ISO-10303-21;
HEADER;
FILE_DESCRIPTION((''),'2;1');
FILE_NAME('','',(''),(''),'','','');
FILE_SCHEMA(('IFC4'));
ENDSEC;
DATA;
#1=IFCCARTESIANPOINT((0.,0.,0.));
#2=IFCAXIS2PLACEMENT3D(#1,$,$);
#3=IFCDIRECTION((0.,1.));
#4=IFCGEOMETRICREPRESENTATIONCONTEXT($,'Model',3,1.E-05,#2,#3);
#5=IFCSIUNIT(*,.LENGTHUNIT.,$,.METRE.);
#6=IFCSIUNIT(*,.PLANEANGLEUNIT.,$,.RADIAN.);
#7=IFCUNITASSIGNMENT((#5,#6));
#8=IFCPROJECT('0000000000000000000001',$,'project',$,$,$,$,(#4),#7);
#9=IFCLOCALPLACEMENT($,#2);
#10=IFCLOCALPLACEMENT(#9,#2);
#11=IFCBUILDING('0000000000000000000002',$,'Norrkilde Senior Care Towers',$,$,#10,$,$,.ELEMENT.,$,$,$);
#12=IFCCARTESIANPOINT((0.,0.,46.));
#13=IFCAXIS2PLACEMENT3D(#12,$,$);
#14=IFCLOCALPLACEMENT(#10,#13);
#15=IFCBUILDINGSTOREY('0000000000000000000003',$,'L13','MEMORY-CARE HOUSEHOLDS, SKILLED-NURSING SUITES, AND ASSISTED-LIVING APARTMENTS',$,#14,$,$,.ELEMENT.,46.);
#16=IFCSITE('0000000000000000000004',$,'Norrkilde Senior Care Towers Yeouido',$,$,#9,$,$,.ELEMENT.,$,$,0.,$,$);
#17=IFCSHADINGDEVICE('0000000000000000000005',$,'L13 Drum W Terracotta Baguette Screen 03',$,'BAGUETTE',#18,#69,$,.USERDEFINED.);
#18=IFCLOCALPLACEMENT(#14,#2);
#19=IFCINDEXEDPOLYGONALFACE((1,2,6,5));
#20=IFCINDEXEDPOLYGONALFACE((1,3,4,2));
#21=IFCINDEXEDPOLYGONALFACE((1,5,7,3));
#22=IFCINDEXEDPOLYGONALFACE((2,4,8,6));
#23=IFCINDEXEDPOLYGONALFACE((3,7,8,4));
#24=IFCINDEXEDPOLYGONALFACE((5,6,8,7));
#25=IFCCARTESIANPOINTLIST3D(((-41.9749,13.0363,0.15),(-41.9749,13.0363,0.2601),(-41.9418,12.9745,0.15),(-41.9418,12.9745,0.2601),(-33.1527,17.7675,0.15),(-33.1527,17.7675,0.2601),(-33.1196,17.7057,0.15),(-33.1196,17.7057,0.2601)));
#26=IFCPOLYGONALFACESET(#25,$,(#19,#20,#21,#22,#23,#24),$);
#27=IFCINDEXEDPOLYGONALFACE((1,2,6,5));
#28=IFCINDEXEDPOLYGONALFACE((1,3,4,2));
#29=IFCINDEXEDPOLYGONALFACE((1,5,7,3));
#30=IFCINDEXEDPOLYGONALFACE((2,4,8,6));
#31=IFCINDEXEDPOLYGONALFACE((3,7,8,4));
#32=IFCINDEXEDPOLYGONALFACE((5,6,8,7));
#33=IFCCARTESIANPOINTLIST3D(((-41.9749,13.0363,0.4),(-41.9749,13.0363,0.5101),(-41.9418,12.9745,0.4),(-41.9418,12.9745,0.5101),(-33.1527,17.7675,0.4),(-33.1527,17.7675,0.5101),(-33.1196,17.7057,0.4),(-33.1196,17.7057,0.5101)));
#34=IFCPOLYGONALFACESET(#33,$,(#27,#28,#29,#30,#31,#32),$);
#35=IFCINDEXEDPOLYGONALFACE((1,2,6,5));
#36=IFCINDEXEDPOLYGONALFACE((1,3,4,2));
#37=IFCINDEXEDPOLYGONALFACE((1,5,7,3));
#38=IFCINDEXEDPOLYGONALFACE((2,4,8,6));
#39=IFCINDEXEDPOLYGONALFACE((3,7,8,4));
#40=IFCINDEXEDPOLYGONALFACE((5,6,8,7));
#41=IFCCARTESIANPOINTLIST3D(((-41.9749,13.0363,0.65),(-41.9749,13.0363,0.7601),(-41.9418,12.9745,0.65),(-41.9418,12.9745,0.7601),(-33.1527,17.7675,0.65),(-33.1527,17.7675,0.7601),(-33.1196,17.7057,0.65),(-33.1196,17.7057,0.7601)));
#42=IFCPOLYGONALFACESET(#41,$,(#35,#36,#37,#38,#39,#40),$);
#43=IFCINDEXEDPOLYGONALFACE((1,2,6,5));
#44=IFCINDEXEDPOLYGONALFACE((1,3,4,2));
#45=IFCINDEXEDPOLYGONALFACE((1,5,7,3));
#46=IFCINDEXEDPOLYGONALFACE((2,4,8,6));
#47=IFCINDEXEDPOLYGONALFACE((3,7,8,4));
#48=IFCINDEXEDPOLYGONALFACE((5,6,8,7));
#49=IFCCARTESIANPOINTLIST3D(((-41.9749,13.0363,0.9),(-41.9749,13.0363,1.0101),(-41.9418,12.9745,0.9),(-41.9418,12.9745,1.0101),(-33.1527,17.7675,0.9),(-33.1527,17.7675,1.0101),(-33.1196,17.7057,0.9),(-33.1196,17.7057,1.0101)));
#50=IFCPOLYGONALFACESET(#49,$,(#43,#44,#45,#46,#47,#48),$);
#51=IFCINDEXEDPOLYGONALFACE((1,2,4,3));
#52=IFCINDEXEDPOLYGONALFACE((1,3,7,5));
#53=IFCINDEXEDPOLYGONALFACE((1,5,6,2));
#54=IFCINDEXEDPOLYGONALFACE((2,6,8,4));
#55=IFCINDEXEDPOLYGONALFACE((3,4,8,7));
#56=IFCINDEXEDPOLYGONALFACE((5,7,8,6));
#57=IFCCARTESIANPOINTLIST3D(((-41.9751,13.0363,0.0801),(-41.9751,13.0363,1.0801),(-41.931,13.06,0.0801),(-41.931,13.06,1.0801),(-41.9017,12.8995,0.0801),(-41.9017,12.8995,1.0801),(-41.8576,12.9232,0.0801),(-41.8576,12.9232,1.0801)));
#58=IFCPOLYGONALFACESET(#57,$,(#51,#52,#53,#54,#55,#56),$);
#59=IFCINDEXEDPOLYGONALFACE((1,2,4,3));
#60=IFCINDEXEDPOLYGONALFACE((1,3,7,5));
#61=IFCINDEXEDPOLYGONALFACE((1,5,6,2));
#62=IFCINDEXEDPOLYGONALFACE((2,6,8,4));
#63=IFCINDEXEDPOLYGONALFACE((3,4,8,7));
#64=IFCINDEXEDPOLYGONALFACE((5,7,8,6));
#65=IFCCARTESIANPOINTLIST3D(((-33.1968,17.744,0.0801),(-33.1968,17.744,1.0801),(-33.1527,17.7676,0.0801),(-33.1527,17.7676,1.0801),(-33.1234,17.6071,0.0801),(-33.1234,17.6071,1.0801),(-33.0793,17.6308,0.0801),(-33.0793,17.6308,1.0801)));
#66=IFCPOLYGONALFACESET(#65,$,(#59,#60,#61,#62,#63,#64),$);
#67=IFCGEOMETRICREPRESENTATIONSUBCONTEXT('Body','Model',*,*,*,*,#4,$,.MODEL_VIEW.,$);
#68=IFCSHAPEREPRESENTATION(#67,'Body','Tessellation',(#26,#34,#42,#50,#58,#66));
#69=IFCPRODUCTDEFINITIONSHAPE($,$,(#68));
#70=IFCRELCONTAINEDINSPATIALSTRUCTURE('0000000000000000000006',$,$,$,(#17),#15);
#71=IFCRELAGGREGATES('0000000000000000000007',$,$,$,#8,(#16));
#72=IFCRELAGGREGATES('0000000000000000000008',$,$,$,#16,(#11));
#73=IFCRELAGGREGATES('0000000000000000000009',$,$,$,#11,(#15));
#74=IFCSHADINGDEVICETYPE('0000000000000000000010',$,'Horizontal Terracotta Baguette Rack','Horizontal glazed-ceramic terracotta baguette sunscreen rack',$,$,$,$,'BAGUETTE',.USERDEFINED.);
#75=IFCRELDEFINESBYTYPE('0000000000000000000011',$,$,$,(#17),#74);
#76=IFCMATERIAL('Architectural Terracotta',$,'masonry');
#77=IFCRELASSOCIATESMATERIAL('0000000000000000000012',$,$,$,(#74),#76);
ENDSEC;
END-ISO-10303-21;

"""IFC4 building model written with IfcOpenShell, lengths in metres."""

from ifc_helpers import new_model, si_unit, direction, frame, origin, origin_2d, place, context, subcontext, project, spatial, rectangle, extrude, source, transform, mapped, material, type_object, type_shapes, element, save


model = new_model("IFC4")

# Units and contexts
model_context = context("Model", 3, precision=1e-05, world=origin(), true_north=direction((0.0, 1.0)))
body_context = subcontext(model_context, "Body", "Model", "MODEL_VIEW")
ifc_project = project(units=[si_unit("LENGTHUNIT", "METRE"), si_unit("PLANEANGLEUNIT", "RADIAN")], contexts=[model_context])

# Site, building, storey
site_placement = place(None, origin())
site = spatial("IfcSite", under=ifc_project, at=site_placement, Name="Norrkilde Senior Care Towers Yeouido", CompositionType="ELEMENT", RefElevation=0.0)
building_placement = place(site_placement, origin())
building = spatial("IfcBuilding", under=site, at=building_placement, Name="Norrkilde Senior Care Towers", CompositionType="ELEMENT")
storey_placement = place(building_placement, frame((0.0, 0.0, 46.0)))
storey = spatial("IfcBuildingStorey", under=building, at=storey_placement, Name="L13", Description="MEMORY-CARE HOUSEHOLDS, SKILLED-NURSING SUITES, AND ASSISTED-LIVING APARTMENTS", CompositionType="ELEMENT", Elevation=46.0)

# Shading device
ifc_material_1 = material(Name="Architectural Terracotta", Category="masonry")
shading_device_type = type_object("IfcShadingDeviceType", Name="Horizontal Terracotta Baguette Rack", Description="Horizontal glazed-ceramic terracotta baguette sunscreen rack", ElementType="BAGUETTE", PredefinedType="USERDEFINED", material=ifc_material_1)
shared_shape_1 = source(origin(), body_context, "Body", "SweptSolid", [
    extrude(rectangle(XDim=0.0701, YDim=0.1101, at=origin_2d()), frame((0.0, 0.0901, 0.125), z_axis=(1.0, 0.0, 0.0), x_axis=(0.0, 1.0, 0.0)), (0.0, 0.0, 1.0), 10.0107),
    extrude(rectangle(XDim=0.0701, YDim=0.1101, at=origin_2d()), frame((0.0, 0.0901, 0.375), z_axis=(1.0, 0.0, 0.0), x_axis=(0.0, 1.0, 0.0)), (0.0, 0.0, 1.0), 10.0107),
    extrude(rectangle(XDim=0.0701, YDim=0.1101, at=origin_2d()), frame((0.0, 0.0901, 0.625), z_axis=(1.0, 0.0, 0.0), x_axis=(0.0, 1.0, 0.0)), (0.0, 0.0, 1.0), 10.0107),
    extrude(rectangle(XDim=0.0701, YDim=0.1101, at=origin_2d()), frame((0.0, 0.0901, 0.875), z_axis=(1.0, 0.0, 0.0), x_axis=(0.0, 1.0, 0.0)), (0.0, 0.0, 1.0), 10.0107),
    extrude(rectangle(XDim=0.05, YDim=0.1553, at=origin_2d()), frame((0.0249, 0.0476, 0.0)), (0.0, 0.0, 1.0), 1.0),
    extrude(rectangle(XDim=0.05, YDim=0.1553, at=origin_2d()), frame((9.9858, 0.0476, 0.0)), (0.0, 0.0, 1.0), 1.0),
])
type_shapes(shading_device_type, [shared_shape_1])
shading_device_placement = place(storey_placement, frame((-41.9158, 12.926, 0.0801), z_axis=(0.0, 0.0, 1.0), x_axis=(0.88128, 0.472612, 0.0)))
element("IfcShadingDevice", 1, at=shading_device_placement, inside=storey, type_object=shading_device_type, Name="L13 Drum W Terracotta Baguette Screen 03", ObjectType="BAGUETTE", PredefinedType="USERDEFINED", context=body_context, shape_type="MappedRepresentation", body=[
    mapped(shared_shape_1, transform((0.0, 0.0, 0.0), x_axis=(1.0, 0.0, 0.0), y_axis=(0.0, 1.0, 0.0), z_axis=(0.0, 0.0, 1.0), scale=1.0)),
])

save(model, "model.ifc")
